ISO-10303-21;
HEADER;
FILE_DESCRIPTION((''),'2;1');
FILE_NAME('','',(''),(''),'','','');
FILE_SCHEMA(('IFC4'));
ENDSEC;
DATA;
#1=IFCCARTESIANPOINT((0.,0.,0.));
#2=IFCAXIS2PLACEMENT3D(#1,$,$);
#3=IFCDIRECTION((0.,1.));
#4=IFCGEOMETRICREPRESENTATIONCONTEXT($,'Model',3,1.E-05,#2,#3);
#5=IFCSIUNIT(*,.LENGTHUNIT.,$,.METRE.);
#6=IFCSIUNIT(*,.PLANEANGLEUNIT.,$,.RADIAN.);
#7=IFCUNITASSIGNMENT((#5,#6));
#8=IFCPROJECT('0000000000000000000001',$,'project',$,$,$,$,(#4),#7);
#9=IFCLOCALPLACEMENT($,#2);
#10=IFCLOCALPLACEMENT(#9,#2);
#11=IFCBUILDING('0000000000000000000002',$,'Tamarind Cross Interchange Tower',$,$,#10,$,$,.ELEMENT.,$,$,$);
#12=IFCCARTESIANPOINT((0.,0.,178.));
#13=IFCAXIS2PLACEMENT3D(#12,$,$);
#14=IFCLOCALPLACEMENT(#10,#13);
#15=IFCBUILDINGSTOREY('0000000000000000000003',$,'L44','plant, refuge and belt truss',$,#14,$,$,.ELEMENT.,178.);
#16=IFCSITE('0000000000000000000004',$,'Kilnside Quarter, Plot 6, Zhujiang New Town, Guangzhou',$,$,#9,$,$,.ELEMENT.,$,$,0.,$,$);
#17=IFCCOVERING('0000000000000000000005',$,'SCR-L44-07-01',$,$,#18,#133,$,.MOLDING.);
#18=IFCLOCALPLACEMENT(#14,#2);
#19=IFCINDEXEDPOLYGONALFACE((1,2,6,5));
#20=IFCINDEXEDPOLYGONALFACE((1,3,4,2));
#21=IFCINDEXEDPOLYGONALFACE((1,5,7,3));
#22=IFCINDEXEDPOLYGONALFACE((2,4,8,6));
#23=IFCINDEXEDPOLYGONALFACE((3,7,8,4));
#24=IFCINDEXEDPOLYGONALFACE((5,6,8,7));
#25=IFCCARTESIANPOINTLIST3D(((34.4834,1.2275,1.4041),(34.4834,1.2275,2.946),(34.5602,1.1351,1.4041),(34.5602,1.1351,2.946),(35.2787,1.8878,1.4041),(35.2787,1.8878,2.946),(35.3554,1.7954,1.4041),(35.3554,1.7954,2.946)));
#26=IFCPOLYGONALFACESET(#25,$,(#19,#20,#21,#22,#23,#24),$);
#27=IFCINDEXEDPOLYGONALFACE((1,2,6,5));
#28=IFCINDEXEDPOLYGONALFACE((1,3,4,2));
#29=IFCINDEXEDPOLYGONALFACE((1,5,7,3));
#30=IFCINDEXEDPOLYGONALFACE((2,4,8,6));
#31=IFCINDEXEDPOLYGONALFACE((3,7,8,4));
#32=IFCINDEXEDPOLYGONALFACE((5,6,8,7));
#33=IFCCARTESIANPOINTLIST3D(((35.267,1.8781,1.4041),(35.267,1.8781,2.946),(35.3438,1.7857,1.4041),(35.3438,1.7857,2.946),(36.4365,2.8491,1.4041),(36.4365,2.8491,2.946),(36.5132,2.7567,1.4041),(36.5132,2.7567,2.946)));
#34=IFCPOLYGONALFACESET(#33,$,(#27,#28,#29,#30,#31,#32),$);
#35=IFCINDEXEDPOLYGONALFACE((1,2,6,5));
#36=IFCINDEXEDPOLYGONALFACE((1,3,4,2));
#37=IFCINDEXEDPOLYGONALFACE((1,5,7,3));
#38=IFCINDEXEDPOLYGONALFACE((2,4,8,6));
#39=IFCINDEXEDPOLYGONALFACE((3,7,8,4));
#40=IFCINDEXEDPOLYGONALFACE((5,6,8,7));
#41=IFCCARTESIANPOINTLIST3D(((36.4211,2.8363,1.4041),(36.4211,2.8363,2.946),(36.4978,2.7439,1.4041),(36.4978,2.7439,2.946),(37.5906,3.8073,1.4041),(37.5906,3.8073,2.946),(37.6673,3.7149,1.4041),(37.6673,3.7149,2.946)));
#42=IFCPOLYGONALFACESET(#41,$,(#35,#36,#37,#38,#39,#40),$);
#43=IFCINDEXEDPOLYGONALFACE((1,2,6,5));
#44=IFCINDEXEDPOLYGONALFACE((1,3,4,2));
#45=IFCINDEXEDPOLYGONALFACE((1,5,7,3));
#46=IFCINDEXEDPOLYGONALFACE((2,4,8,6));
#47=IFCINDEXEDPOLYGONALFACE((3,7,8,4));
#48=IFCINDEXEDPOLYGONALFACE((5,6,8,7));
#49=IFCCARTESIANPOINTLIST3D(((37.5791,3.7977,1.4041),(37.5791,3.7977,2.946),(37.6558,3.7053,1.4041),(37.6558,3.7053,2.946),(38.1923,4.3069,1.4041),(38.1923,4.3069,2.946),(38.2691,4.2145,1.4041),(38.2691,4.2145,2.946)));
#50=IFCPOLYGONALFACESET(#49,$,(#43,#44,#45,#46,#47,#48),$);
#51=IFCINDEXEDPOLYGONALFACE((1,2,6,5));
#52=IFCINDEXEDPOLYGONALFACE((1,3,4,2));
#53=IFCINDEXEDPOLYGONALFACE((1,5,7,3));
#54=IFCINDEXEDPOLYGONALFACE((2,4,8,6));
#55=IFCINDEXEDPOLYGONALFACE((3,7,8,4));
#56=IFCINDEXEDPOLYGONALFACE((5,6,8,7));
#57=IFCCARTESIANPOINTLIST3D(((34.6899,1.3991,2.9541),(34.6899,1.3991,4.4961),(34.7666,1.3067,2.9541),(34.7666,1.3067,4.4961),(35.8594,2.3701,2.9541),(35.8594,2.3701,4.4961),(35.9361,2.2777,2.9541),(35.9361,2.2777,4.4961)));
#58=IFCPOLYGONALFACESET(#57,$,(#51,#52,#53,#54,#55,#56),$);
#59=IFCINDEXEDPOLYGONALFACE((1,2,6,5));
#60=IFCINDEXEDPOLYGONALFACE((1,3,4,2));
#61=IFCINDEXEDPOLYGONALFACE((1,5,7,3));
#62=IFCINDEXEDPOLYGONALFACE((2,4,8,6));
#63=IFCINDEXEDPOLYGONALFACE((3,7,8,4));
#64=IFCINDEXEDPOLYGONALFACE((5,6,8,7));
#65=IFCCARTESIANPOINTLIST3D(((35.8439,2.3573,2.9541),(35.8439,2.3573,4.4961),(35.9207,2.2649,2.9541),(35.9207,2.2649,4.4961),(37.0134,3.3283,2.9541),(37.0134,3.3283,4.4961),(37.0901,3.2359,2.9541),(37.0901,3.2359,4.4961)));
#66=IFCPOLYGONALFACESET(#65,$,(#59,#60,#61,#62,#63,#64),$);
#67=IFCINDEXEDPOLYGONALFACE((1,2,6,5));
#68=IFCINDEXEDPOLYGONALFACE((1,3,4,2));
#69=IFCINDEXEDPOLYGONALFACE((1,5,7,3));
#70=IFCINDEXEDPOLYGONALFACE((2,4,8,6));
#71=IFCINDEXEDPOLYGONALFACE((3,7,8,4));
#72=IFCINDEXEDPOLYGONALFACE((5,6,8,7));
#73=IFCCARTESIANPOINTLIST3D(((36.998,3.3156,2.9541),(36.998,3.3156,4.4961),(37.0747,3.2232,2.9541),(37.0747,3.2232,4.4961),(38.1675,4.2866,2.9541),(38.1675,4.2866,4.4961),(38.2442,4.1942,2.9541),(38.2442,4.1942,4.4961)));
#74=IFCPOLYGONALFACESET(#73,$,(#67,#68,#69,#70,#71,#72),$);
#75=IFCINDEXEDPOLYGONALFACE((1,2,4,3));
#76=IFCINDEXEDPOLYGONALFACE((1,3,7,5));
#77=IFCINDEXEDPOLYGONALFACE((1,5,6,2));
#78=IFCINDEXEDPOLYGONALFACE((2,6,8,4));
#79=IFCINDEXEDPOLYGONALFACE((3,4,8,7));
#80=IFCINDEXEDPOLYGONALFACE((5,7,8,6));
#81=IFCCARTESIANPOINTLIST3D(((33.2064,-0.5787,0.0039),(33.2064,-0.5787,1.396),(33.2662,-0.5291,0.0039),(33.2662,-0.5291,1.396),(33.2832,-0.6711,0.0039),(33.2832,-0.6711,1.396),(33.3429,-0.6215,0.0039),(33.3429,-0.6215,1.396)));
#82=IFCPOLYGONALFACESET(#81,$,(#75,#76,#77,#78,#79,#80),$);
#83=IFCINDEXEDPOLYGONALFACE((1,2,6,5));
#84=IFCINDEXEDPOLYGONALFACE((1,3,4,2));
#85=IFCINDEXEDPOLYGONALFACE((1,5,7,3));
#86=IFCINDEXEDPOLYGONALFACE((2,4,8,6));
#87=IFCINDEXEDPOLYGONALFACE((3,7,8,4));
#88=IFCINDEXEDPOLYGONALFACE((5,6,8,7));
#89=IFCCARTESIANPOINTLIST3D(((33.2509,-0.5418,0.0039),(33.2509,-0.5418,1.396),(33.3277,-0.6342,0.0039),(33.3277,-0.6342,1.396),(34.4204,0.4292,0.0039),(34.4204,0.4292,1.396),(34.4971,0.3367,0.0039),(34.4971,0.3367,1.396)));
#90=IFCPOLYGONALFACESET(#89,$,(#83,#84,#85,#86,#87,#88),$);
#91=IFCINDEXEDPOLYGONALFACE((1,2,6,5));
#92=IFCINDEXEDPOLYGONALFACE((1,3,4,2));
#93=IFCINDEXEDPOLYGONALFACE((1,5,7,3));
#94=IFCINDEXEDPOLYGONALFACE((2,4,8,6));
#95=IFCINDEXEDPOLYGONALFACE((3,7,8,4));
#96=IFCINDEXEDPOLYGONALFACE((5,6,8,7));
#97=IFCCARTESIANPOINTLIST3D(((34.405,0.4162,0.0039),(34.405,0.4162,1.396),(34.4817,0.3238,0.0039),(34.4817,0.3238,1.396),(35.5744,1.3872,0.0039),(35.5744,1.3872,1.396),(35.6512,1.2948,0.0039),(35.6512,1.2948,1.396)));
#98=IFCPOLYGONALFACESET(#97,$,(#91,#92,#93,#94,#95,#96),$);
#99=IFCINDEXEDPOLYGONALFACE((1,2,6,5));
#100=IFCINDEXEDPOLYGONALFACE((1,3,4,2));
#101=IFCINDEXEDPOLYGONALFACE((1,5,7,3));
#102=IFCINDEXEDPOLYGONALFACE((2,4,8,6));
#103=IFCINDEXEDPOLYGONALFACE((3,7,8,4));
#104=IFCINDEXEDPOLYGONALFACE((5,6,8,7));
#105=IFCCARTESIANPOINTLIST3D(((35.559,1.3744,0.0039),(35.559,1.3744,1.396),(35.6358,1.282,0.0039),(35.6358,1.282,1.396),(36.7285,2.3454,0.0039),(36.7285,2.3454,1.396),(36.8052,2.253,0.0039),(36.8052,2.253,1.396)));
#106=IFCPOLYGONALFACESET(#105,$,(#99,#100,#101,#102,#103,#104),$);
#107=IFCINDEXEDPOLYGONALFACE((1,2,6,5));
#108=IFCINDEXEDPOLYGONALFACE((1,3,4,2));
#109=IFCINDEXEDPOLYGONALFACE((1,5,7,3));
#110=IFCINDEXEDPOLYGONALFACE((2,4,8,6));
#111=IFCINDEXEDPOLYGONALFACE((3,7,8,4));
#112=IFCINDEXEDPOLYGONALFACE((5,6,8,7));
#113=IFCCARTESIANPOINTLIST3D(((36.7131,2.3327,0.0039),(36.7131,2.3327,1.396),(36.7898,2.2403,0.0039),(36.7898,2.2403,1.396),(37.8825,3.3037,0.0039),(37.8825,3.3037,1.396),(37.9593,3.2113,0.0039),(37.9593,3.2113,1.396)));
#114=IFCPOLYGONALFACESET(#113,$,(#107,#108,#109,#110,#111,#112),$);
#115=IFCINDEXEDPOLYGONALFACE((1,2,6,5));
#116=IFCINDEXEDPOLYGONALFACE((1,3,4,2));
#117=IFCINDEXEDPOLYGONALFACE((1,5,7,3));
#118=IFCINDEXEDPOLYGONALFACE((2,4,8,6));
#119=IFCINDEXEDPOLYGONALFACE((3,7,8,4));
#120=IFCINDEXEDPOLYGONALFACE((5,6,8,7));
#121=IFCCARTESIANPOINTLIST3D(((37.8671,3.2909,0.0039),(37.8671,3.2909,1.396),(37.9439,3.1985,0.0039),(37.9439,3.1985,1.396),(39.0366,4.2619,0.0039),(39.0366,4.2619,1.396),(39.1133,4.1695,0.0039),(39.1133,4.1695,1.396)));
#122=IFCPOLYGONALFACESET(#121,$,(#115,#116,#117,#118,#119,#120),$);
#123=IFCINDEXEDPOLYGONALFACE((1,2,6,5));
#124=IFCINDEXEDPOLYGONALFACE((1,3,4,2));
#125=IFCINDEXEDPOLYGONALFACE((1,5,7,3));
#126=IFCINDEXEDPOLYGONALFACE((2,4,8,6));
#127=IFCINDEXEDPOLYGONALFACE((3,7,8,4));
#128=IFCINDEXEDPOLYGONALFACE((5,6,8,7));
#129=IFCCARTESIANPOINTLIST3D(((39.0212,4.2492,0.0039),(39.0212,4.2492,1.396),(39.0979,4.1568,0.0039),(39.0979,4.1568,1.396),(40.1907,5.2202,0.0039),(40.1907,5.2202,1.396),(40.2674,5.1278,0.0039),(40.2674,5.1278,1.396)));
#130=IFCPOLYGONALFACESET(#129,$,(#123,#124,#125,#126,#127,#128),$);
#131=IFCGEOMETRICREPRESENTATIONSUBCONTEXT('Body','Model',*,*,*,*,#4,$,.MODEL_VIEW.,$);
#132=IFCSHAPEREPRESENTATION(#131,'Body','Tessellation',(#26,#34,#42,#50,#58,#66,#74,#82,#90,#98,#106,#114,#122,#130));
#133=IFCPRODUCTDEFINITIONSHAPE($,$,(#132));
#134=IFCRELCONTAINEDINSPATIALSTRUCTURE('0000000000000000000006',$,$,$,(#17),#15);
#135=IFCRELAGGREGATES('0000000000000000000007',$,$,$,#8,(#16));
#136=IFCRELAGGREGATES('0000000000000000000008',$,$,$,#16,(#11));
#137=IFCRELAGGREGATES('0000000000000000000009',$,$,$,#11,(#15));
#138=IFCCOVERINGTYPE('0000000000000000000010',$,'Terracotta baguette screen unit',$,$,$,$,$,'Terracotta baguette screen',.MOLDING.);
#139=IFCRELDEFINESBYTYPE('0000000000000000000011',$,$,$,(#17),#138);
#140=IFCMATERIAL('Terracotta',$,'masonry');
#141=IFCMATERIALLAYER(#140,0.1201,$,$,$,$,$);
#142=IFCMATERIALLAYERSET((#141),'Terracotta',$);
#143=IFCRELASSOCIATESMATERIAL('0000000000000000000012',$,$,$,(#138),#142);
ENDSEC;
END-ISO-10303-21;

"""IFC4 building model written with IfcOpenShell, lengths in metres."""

from ifc_helpers import new_model, si_unit, direction, frame, origin, origin_2d, place, context, subcontext, project, spatial, rectangle, extrude, material, layer, layer_set, type_object, element, save


model = new_model("IFC4")

# Units and contexts
model_context = context("Model", 3, precision=1e-05, world=origin(), true_north=direction((0.0, 1.0)))
body_context = subcontext(model_context, "Body", "Model", "MODEL_VIEW")
ifc_project = project(units=[si_unit("LENGTHUNIT", "METRE"), si_unit("PLANEANGLEUNIT", "RADIAN")], contexts=[model_context])

# Site, building, storey
site_placement = place(None, origin())
site = spatial("IfcSite", under=ifc_project, at=site_placement, Name="Kilnside Quarter, Plot 6, Zhujiang New Town, Guangzhou", CompositionType="ELEMENT", RefElevation=0.0)
building_placement = place(site_placement, origin())
building = spatial("IfcBuilding", under=site, at=building_placement, Name="Tamarind Cross Interchange Tower", CompositionType="ELEMENT")
storey_placement = place(building_placement, frame((0.0, 0.0, 178.0)))
storey = spatial("IfcBuildingStorey", under=building, at=storey_placement, Name="L44", Description="plant, refuge and belt truss", CompositionType="ELEMENT", Elevation=178.0)

# Covering
ifc_material_1 = material(Name="Terracotta", Category="masonry")
ifc_layer_1 = layer(ifc_material_1, 0.1201)
ifc_layer_set_1 = layer_set([ifc_layer_1], Name="Terracotta")
covering_type = type_object("IfcCoveringType", Name="Terracotta baguette screen unit", ElementType="Terracotta baguette screen", PredefinedType="MOLDING", material=ifc_layer_set_1)
covering_1_placement = place(storey_placement, origin())
element("IfcCovering", 1, at=covering_1_placement, inside=storey, type_object=covering_type, Name="SCR-L44-07-01", PredefinedType="MOLDING", context=body_context, shape_type="SweptSolid", body=[
    extrude(rectangle(XDim=1.0337, YDim=0.1201, at=origin_2d()), frame((34.9194, 1.5115, 1.4041), z_axis=(0.0, 0.0, 1.0), x_axis=(0.769373, 0.6388, 0.0)), (0.0, 0.0, 1.0), 1.542),
    extrude(rectangle(XDim=1.52, YDim=0.1201, at=origin_2d()), frame((35.8901, 2.3174, 1.4041), z_axis=(0.0, 0.0, 1.0), x_axis=(0.769373, 0.6388, 0.0)), (0.0, 0.0, 1.0), 1.542),
    extrude(rectangle(XDim=1.52, YDim=0.1201, at=origin_2d()), frame((37.0442, 3.2756, 1.4041), z_axis=(0.0, 0.0, 1.0), x_axis=(0.769373, 0.6388, 0.0)), (0.0, 0.0, 1.0), 1.542),
    extrude(rectangle(XDim=0.7971, YDim=0.1201, at=origin_2d()), frame((37.9241, 4.0061, 1.4041), z_axis=(0.0, 0.0, 1.0), x_axis=(0.769373, 0.6388, 0.0)), (0.0, 0.0, 1.0), 1.542),
    extrude(rectangle(XDim=1.52, YDim=0.1201, at=origin_2d()), frame((35.313, 1.8384, 2.9541), z_axis=(0.0, 0.0, 1.0), x_axis=(0.769373, 0.6388, 0.0)), (0.0, 0.0, 1.0), 1.542),
    extrude(rectangle(XDim=1.52, YDim=0.1201, at=origin_2d()), frame((36.467, 2.7966, 2.9541), z_axis=(0.0, 0.0, 1.0), x_axis=(0.769373, 0.6388, 0.0)), (0.0, 0.0, 1.0), 1.542),
    extrude(rectangle(XDim=1.52, YDim=0.1201, at=origin_2d()), frame((37.6211, 3.7549, 2.9541), z_axis=(0.0, 0.0, 1.0), x_axis=(0.769373, 0.6388, 0.0)), (0.0, 0.0, 1.0), 1.542),
    extrude(rectangle(XDim=0.0776, YDim=0.1201, at=origin_2d()), frame((33.2747, -0.6001, 0.0039), z_axis=(0.0, 0.0, 1.0), x_axis=(0.769373, 0.6388, 0.0)), (0.0, 0.0, 1.0), 1.3921),
    extrude(rectangle(XDim=1.52, YDim=0.1201, at=origin_2d()), frame((33.874, -0.1025, 0.0039), z_axis=(0.0, 0.0, 1.0), x_axis=(0.769373, 0.6388, 0.0)), (0.0, 0.0, 1.0), 1.3921),
    extrude(rectangle(XDim=1.52, YDim=0.1201, at=origin_2d()), frame((35.0281, 0.8555, 0.0039), z_axis=(0.0, 0.0, 1.0), x_axis=(0.769373, 0.6388, 0.0)), (0.0, 0.0, 1.0), 1.3921),
    extrude(rectangle(XDim=1.52, YDim=0.1201, at=origin_2d()), frame((36.1821, 1.8137, 0.0039), z_axis=(0.0, 0.0, 1.0), x_axis=(0.769373, 0.6388, 0.0)), (0.0, 0.0, 1.0), 1.3921),
    extrude(rectangle(XDim=1.52, YDim=0.1201, at=origin_2d()), frame((37.3362, 2.772, 0.0039), z_axis=(0.0, 0.0, 1.0), x_axis=(0.769373, 0.6388, 0.0)), (0.0, 0.0, 1.0), 1.3921),
    extrude(rectangle(XDim=1.52, YDim=0.1201, at=origin_2d()), frame((38.4902, 3.7302, 0.0039), z_axis=(0.0, 0.0, 1.0), x_axis=(0.769373, 0.6388, 0.0)), (0.0, 0.0, 1.0), 1.3921),
    extrude(rectangle(XDim=1.52, YDim=0.1201, at=origin_2d()), frame((39.6443, 4.6885, 0.0039), z_axis=(0.0, 0.0, 1.0), x_axis=(0.769373, 0.6388, 0.0)), (0.0, 0.0, 1.0), 1.3921),
])

save(model, "model.ifc")
